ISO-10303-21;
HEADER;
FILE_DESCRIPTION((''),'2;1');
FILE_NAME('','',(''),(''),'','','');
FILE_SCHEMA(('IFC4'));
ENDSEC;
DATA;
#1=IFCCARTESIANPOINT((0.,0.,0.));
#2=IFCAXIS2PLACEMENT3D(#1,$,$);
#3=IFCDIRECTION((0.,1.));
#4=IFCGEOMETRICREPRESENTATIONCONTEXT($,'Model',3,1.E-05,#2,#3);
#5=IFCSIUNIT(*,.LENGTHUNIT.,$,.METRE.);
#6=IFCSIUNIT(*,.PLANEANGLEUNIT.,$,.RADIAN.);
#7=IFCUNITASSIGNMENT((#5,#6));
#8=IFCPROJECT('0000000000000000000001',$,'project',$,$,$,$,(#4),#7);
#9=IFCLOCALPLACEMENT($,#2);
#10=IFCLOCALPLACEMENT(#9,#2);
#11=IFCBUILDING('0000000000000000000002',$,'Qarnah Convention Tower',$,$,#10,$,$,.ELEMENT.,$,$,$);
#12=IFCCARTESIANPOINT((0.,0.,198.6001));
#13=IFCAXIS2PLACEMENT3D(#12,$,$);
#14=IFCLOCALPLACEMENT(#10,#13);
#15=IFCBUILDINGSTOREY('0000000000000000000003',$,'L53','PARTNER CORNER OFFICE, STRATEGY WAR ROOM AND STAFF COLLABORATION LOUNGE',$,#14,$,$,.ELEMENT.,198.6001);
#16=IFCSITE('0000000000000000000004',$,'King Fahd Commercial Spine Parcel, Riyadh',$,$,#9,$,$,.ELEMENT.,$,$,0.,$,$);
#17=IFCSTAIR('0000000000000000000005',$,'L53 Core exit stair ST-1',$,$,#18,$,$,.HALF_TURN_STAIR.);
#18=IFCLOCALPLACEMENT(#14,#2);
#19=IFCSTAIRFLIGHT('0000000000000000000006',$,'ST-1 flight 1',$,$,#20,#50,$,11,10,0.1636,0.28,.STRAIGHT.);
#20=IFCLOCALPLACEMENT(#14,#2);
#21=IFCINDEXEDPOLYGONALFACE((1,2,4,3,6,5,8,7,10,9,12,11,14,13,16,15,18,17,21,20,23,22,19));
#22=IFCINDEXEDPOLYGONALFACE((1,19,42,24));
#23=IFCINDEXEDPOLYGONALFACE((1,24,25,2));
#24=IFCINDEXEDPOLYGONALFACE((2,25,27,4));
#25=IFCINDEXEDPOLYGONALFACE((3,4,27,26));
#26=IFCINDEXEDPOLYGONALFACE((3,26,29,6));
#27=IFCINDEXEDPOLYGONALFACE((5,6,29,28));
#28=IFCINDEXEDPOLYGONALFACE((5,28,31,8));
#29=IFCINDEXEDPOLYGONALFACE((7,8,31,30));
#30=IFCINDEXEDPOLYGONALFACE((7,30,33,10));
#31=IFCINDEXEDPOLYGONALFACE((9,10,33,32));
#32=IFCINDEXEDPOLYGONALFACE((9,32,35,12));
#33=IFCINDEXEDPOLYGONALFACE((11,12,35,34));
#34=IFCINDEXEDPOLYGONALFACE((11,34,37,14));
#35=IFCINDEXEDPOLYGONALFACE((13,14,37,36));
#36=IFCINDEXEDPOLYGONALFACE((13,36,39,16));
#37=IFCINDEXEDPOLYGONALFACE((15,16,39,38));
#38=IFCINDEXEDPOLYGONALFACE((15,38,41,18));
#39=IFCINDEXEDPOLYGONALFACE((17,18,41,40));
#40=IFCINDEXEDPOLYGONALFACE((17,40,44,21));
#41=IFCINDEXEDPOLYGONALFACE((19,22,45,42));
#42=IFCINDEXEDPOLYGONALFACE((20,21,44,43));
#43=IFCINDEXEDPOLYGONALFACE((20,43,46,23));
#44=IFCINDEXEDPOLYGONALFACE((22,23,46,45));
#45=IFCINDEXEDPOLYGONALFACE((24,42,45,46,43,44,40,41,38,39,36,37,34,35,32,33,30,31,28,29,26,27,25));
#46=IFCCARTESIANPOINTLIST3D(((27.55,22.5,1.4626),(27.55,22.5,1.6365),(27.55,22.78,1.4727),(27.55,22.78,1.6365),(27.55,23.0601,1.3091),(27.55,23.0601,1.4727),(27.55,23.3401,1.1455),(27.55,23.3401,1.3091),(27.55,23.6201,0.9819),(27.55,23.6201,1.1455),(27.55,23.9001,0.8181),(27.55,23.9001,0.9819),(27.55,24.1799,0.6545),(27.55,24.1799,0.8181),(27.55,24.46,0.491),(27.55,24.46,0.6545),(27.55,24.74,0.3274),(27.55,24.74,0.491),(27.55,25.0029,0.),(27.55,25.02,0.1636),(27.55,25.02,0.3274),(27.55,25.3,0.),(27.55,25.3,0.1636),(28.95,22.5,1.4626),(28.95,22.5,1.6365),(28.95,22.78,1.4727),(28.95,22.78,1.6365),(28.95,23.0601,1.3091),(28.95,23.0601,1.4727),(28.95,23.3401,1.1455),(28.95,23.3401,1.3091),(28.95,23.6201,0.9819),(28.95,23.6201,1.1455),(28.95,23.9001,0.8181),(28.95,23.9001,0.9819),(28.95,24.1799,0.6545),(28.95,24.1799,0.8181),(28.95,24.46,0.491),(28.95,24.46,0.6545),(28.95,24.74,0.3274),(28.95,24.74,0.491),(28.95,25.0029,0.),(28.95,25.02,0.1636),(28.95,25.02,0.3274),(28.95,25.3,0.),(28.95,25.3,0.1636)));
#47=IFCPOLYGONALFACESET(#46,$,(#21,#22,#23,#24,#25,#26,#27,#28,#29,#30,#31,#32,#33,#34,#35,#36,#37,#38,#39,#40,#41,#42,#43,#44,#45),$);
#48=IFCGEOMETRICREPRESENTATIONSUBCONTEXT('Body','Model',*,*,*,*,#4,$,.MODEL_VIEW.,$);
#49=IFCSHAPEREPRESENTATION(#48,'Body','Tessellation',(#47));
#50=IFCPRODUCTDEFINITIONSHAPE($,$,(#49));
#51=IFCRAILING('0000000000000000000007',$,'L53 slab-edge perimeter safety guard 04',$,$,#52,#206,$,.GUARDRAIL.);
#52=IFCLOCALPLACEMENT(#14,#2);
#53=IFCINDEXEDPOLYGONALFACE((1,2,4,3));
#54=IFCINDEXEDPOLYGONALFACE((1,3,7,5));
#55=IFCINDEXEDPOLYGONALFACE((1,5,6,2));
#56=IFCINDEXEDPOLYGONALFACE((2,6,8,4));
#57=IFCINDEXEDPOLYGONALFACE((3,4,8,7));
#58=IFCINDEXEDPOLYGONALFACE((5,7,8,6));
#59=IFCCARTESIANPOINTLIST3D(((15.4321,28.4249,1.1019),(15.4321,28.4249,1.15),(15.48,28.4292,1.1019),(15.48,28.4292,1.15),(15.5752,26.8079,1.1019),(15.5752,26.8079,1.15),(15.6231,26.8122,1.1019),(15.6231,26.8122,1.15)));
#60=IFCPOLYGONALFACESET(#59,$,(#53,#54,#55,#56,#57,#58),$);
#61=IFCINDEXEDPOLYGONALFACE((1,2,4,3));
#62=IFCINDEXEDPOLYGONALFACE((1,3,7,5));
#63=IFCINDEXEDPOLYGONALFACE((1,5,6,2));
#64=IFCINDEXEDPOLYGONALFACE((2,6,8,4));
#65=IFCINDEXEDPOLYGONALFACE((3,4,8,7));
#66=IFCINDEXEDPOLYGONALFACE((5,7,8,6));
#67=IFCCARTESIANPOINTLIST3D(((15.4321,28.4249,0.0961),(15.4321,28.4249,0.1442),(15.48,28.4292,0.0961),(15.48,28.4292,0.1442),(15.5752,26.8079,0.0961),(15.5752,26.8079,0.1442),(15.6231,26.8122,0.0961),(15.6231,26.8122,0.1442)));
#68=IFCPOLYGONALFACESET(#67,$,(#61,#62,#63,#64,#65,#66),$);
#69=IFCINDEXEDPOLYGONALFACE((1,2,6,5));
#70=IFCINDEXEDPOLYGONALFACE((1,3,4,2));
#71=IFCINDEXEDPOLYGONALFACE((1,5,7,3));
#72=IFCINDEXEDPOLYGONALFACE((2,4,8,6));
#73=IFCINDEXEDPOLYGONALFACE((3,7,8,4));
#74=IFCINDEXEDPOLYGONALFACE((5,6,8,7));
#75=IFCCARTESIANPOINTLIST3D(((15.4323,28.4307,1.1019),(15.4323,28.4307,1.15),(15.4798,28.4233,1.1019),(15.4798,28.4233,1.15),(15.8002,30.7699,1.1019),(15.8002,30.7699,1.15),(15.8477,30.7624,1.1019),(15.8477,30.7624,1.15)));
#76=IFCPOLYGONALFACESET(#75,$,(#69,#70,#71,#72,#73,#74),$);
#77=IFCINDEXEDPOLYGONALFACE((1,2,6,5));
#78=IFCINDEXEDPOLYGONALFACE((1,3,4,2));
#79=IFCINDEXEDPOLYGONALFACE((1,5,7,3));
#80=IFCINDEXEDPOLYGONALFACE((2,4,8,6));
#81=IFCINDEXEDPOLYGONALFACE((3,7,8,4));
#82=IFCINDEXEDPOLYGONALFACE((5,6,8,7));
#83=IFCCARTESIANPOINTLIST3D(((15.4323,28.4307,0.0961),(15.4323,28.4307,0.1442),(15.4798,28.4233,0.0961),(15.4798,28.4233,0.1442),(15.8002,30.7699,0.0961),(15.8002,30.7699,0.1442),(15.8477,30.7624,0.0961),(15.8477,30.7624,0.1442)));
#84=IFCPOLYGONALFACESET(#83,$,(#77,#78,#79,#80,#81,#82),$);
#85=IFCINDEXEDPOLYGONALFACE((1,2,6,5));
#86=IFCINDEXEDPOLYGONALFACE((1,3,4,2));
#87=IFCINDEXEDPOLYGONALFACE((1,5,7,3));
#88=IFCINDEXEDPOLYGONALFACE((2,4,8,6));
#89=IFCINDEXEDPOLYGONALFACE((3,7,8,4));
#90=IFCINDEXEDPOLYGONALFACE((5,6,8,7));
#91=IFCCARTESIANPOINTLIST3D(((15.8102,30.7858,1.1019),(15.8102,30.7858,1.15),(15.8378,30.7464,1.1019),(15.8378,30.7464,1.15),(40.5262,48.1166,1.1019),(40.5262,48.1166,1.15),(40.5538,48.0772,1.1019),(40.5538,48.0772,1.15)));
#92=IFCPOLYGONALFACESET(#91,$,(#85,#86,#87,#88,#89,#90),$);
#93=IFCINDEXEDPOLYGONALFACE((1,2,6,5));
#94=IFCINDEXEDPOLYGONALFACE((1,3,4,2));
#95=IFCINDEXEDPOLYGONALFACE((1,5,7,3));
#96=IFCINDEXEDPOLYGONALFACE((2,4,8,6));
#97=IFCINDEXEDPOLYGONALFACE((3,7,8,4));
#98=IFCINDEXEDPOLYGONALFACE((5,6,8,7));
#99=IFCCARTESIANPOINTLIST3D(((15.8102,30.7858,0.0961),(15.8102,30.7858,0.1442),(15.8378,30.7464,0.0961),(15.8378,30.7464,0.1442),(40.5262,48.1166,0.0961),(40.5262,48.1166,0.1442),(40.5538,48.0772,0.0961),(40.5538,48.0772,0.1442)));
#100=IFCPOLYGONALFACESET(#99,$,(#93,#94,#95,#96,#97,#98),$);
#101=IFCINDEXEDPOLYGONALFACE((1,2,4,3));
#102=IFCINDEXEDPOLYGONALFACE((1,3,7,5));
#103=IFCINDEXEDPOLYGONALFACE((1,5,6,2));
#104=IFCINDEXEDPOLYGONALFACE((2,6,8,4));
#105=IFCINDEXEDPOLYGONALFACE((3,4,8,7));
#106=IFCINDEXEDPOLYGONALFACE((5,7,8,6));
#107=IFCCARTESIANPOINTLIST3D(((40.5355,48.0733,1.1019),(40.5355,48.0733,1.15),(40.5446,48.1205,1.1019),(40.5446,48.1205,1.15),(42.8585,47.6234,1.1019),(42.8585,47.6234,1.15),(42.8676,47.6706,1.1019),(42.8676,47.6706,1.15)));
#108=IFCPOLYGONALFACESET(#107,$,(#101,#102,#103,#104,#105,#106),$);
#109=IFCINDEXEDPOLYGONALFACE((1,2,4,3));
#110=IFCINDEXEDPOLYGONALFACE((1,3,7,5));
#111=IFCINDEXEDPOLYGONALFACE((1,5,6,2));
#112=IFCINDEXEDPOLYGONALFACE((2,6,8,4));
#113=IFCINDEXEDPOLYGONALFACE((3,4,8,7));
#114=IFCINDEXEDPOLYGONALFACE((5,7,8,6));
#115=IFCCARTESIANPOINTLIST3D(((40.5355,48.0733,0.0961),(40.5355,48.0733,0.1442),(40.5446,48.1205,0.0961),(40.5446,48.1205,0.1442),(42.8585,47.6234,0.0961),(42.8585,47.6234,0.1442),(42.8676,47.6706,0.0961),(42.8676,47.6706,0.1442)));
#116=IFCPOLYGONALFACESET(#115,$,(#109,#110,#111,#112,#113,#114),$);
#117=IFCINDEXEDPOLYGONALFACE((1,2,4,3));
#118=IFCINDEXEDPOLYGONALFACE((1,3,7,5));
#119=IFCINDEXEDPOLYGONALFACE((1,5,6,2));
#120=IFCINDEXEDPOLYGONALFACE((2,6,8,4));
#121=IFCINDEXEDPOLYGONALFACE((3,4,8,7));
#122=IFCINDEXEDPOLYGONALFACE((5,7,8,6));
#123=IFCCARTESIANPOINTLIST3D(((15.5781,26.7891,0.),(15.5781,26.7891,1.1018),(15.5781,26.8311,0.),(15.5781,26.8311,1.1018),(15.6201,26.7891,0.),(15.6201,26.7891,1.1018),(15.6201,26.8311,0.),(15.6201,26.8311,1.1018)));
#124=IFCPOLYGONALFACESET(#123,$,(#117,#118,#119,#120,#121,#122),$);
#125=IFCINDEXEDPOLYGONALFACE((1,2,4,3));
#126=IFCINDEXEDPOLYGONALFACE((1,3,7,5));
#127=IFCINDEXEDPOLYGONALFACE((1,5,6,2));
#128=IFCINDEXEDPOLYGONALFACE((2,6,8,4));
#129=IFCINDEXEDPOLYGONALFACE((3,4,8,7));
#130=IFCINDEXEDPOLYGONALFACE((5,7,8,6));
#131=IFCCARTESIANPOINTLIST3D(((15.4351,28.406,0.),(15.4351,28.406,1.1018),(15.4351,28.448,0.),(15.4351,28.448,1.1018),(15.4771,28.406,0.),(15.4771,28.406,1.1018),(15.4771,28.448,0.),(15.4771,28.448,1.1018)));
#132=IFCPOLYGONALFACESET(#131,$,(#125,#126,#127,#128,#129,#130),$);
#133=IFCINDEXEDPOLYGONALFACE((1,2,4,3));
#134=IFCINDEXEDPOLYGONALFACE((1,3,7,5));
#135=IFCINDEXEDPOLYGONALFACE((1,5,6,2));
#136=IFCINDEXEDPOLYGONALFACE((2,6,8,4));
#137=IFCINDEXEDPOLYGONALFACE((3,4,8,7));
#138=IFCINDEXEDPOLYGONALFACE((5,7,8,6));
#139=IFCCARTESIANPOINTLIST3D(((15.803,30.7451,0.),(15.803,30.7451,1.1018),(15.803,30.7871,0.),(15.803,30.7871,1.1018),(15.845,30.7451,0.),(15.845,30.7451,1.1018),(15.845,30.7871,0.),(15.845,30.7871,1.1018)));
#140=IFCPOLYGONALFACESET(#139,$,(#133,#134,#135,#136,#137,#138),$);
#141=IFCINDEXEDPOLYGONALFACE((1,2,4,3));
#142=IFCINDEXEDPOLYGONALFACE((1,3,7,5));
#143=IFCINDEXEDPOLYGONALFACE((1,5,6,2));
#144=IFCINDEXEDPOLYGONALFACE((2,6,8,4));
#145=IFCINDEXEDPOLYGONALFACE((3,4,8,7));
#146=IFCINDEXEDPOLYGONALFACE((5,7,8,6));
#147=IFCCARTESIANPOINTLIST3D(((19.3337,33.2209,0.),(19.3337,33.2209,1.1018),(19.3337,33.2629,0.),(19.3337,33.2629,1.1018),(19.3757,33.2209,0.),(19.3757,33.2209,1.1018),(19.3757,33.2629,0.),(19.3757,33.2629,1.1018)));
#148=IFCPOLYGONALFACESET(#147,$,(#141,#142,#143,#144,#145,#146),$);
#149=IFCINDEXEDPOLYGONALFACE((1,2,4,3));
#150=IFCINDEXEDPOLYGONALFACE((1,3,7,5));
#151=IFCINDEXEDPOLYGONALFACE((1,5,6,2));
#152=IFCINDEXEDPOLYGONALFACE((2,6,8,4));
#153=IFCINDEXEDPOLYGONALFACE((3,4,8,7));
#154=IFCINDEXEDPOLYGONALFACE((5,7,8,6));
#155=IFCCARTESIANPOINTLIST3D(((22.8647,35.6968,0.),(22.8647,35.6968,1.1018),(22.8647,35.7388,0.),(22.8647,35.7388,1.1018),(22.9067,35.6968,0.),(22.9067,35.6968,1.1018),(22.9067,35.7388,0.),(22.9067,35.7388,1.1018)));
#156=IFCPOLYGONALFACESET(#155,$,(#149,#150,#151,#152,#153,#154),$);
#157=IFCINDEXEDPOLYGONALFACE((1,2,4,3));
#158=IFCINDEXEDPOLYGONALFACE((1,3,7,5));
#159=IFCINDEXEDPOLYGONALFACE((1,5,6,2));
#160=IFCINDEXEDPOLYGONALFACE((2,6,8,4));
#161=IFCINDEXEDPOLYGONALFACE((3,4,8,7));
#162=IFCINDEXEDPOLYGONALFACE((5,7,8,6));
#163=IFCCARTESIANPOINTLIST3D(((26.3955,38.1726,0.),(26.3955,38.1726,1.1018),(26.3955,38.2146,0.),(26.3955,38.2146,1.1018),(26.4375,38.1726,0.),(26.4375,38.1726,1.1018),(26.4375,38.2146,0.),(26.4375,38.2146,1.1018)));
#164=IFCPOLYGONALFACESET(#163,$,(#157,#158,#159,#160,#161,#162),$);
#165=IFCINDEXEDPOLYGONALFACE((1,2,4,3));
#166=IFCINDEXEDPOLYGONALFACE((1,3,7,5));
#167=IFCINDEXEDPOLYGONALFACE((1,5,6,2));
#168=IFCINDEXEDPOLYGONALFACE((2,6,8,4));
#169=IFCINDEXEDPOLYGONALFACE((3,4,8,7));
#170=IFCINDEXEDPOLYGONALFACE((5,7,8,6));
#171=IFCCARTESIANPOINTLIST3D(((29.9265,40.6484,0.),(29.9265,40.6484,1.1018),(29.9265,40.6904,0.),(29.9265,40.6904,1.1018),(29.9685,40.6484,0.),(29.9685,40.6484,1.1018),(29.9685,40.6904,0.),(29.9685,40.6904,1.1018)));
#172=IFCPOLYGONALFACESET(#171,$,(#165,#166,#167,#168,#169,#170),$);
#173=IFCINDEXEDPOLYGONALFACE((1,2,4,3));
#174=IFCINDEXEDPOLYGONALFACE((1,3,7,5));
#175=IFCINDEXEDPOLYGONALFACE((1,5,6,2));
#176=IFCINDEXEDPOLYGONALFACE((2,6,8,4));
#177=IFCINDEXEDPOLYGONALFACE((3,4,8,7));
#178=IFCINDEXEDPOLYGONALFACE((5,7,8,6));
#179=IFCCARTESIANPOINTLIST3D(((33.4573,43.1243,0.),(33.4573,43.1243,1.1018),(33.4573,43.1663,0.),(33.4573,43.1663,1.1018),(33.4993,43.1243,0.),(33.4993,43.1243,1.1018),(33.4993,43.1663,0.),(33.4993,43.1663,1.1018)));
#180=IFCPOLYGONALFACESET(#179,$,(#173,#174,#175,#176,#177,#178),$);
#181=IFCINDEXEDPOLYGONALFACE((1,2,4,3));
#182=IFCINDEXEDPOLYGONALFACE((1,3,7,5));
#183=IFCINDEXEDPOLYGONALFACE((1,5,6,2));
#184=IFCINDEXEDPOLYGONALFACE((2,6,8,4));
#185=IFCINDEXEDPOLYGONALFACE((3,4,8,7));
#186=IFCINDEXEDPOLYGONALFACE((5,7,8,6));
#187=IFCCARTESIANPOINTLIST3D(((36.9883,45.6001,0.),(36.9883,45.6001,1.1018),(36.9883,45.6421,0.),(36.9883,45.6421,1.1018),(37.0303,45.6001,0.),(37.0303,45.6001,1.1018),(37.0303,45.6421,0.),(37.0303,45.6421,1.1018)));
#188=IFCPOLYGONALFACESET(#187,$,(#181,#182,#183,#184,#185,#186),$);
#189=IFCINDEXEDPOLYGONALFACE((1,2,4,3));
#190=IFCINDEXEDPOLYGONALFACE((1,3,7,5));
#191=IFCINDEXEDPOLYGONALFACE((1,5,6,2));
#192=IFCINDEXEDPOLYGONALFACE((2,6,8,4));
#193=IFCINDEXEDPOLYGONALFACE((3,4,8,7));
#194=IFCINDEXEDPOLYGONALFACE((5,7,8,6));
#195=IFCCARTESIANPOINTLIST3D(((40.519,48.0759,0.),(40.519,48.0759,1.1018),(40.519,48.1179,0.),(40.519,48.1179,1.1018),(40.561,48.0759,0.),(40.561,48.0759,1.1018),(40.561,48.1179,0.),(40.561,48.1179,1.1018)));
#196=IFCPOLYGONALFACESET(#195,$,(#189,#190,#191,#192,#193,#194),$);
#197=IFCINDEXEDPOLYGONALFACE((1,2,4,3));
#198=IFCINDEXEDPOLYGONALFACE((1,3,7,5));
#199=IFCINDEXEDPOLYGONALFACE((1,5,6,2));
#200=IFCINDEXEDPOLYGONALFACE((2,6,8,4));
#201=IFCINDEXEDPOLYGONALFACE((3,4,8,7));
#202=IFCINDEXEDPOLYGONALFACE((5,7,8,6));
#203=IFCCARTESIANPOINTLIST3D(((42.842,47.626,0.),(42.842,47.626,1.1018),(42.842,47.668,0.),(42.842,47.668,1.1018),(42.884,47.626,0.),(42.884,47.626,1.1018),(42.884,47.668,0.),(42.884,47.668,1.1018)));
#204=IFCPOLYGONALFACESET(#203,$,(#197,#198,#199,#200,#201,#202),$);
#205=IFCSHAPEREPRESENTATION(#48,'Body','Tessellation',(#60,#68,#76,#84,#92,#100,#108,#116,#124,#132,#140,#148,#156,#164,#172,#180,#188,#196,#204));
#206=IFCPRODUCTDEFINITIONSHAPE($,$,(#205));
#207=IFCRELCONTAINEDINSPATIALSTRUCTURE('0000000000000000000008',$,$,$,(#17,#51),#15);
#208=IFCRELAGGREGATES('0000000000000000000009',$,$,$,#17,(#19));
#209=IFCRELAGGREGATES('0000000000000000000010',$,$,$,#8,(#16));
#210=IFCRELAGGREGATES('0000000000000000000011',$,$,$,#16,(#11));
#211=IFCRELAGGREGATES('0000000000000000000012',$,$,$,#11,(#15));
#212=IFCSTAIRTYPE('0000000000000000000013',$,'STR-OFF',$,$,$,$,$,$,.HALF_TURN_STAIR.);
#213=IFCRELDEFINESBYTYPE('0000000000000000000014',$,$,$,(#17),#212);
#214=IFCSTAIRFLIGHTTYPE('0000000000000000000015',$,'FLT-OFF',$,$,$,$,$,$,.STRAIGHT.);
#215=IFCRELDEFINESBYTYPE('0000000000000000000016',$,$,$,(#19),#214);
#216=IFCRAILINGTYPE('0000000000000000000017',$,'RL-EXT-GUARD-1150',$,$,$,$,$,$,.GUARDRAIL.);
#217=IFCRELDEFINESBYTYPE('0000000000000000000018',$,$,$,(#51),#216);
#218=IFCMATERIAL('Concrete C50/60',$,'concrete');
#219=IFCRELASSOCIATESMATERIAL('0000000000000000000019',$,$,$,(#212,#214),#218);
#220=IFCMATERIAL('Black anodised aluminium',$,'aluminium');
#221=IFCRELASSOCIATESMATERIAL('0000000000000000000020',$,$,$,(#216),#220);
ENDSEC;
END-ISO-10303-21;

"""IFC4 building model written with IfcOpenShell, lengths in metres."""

from ifc_helpers import new_model, si_unit, direction, frame, origin, origin_2d, place, context, subcontext, project, spatial, polyline, rectangle, outline, extrude, material, type_object, element, aggregate, save


model = new_model("IFC4")

# Units and contexts
model_context = context("Model", 3, precision=1e-05, world=origin(), true_north=direction((0.0, 1.0)))
body_context = subcontext(model_context, "Body", "Model", "MODEL_VIEW")
ifc_project = project(units=[si_unit("LENGTHUNIT", "METRE"), si_unit("PLANEANGLEUNIT", "RADIAN")], contexts=[model_context])

# Site, building, storey
site_placement = place(None, origin())
site = spatial("IfcSite", under=ifc_project, at=site_placement, Name="King Fahd Commercial Spine Parcel, Riyadh", CompositionType="ELEMENT", RefElevation=0.0)
building_placement = place(site_placement, origin())
building = spatial("IfcBuilding", under=site, at=building_placement, Name="Qarnah Convention Tower", CompositionType="ELEMENT")
storey_placement = place(building_placement, frame((0.0, 0.0, 198.6001)))
storey = spatial("IfcBuildingStorey", under=building, at=storey_placement, Name="L53", Description="PARTNER CORNER OFFICE, STRATEGY WAR ROOM AND STAFF COLLABORATION LOUNGE", CompositionType="ELEMENT", Elevation=198.6001)

# Shared definitions
ifc_material_1 = material(Name="Concrete C50/60", Category="concrete")

# Shared definitions
ifc_material_2 = material(Name="Black anodised aluminium", Category="aluminium")

# Stair, stair flight
stair_type = type_object("IfcStairType", Name="STR-OFF", PredefinedType="HALF_TURN_STAIR", material=ifc_material_1)
stair_placement = place(storey_placement, origin())
stair = element("IfcStair", 1, at=stair_placement, inside=storey, type_object=stair_type, Name="L53 Core exit stair ST-1", PredefinedType="HALF_TURN_STAIR")
stair_flight_type = type_object("IfcStairFlightType", Name="FLT-OFF", PredefinedType="STRAIGHT", material=ifc_material_1)
stair_flight_placement = place(storey_placement, frame((28.25, 25.3, 0.0), z_axis=(0.0, 0.0, 1.0), x_axis=(0.0, -1.0, 0.0)))
stair_flight = element("IfcStairFlight", 2, at=stair_flight_placement, type_object=stair_flight_type, Name="ST-1 flight 1", NumberOfRisers=11, NumberOfTreads=10, PredefinedType="STRAIGHT", RiserHeight=0.1636, TreadLength=0.28, context=body_context, shape_type="SweptSolid", body=[
    extrude(outline(polyline([(0.0, 0.0), (0.0, 0.1636), (0.28, 0.1636), (0.28, 0.3274), (0.5601, 0.3274), (0.5601, 0.491), (0.8401, 0.491), (0.8401, 0.6545), (1.1201, 0.6545), (1.1201, 0.8181), (1.3999, 0.8181), (1.3999, 0.9819), (1.6799, 0.9819), (1.6799, 1.1455), (1.96, 1.1455), (1.96, 1.3091), (2.24, 1.3091), (2.24, 1.4727), (2.52, 1.4727), (2.52, 1.6365), (2.8, 1.6365), (2.8, 1.8), (2.8, 1.4626), (0.2971, 0.0), (0.0, 0.0)])), frame((0.0, 0.7, 0.0), z_axis=(0.0, -1.0, 0.0), x_axis=(1.0, 0.0, 0.0)), (0.0, 0.0, 1.0), 1.3999),
])
aggregate(stair, [stair_flight])

# Railing
railing_type = type_object("IfcRailingType", Name="RL-EXT-GUARD-1150", PredefinedType="GUARDRAIL", material=ifc_material_2)
railing_placement = place(storey_placement, frame((15.5991, 26.8101, 0.0)))
element("IfcRailing", 3, at=railing_placement, inside=storey, type_object=railing_type, Name="L53 slab-edge perimeter safety guard 04", PredefinedType="GUARDRAIL", context=body_context, shape_type="SweptSolid", body=[
    extrude(rectangle(XDim=0.0481, YDim=0.0481, at=origin_2d()), frame((0.0, 0.0, 1.126), z_axis=(-0.088135, 0.996109, 0.0), x_axis=(-0.996109, -0.088135, 0.0)), (0.0, 0.0, 1.0), 1.6233),
    extrude(rectangle(XDim=0.0481, YDim=0.0481, at=origin_2d()), frame((0.0, 0.0, 0.1201), z_axis=(-0.088135, 0.996109, 0.0), x_axis=(-0.996109, -0.088135, 0.0)), (0.0, 0.0, 1.0), 1.6233),
    extrude(rectangle(XDim=0.0481, YDim=0.0481, at=origin_2d()), frame((-0.1431, 1.6169, 1.126), z_axis=(0.15538, 0.987855, 0.0), x_axis=(-0.987855, 0.15538, 0.0)), (0.0, 0.0, 1.0), 2.3679),
    extrude(rectangle(XDim=0.0481, YDim=0.0481, at=origin_2d()), frame((-0.1431, 1.6169, 0.1201), z_axis=(0.15538, 0.987855, 0.0), x_axis=(-0.987855, 0.15538, 0.0)), (0.0, 0.0, 1.0), 2.3679),
    extrude(rectangle(XDim=0.0481, YDim=0.0481, at=origin_2d()), frame((0.2249, 3.9561, 1.126), z_axis=(0.818772, 0.574119, 0.0), x_axis=(-0.574119, 0.818772, 0.0)), (0.0, 0.0, 1.0), 30.1868),
    extrude(rectangle(XDim=0.0481, YDim=0.0481, at=origin_2d()), frame((0.2249, 3.9561, 0.1201), z_axis=(0.818772, 0.574119, 0.0), x_axis=(-0.574119, 0.818772, 0.0)), (0.0, 0.0, 1.0), 30.1868),
    extrude(rectangle(XDim=0.0481, YDim=0.0481, at=origin_2d()), frame((24.9409, 21.2869, 1.126), z_axis=(0.981753, -0.19016, 0.0), x_axis=(0.19016, 0.981753, 0.0)), (0.0, 0.0, 1.0), 2.3662),
    extrude(rectangle(XDim=0.0481, YDim=0.0481, at=origin_2d()), frame((24.9409, 21.2869, 0.1201), z_axis=(0.981753, -0.19016, 0.0), x_axis=(0.19016, 0.981753, 0.0)), (0.0, 0.0, 1.0), 2.3662),
    extrude(rectangle(XDim=0.042, YDim=0.042, at=origin_2d()), origin(), (0.0, 0.0, 1.0), 1.1018),
    extrude(rectangle(XDim=0.042, YDim=0.042, at=origin_2d()), frame((-0.1431, 1.6169, 0.0)), (0.0, 0.0, 1.0), 1.1018),
    extrude(rectangle(XDim=0.042, YDim=0.042, at=origin_2d()), frame((0.2249, 3.9561, 0.0)), (0.0, 0.0, 1.0), 1.1018),
    extrude(rectangle(XDim=0.042, YDim=0.042, at=origin_2d()), frame((3.7556, 6.4319, 0.0)), (0.0, 0.0, 1.0), 1.1018),
    extrude(rectangle(XDim=0.042, YDim=0.042, at=origin_2d()), frame((7.2866, 8.9077, 0.0)), (0.0, 0.0, 1.0), 1.1018),
    extrude(rectangle(XDim=0.042, YDim=0.042, at=origin_2d()), frame((10.8174, 11.3835, 0.0)), (0.0, 0.0, 1.0), 1.1018),
    extrude(rectangle(XDim=0.042, YDim=0.042, at=origin_2d()), frame((14.3484, 13.8594, 0.0)), (0.0, 0.0, 1.0), 1.1018),
    extrude(rectangle(XDim=0.042, YDim=0.042, at=origin_2d()), frame((17.8792, 16.3352, 0.0)), (0.0, 0.0, 1.0), 1.1018),
    extrude(rectangle(XDim=0.042, YDim=0.042, at=origin_2d()), frame((21.4102, 18.811, 0.0)), (0.0, 0.0, 1.0), 1.1018),
    extrude(rectangle(XDim=0.042, YDim=0.042, at=origin_2d()), frame((24.9409, 21.2869, 0.0)), (0.0, 0.0, 1.0), 1.1018),
    extrude(rectangle(XDim=0.042, YDim=0.042, at=origin_2d()), frame((27.2639, 20.8369, 0.0)), (0.0, 0.0, 1.0), 1.1018),
])

save(model, "model.ifc")
